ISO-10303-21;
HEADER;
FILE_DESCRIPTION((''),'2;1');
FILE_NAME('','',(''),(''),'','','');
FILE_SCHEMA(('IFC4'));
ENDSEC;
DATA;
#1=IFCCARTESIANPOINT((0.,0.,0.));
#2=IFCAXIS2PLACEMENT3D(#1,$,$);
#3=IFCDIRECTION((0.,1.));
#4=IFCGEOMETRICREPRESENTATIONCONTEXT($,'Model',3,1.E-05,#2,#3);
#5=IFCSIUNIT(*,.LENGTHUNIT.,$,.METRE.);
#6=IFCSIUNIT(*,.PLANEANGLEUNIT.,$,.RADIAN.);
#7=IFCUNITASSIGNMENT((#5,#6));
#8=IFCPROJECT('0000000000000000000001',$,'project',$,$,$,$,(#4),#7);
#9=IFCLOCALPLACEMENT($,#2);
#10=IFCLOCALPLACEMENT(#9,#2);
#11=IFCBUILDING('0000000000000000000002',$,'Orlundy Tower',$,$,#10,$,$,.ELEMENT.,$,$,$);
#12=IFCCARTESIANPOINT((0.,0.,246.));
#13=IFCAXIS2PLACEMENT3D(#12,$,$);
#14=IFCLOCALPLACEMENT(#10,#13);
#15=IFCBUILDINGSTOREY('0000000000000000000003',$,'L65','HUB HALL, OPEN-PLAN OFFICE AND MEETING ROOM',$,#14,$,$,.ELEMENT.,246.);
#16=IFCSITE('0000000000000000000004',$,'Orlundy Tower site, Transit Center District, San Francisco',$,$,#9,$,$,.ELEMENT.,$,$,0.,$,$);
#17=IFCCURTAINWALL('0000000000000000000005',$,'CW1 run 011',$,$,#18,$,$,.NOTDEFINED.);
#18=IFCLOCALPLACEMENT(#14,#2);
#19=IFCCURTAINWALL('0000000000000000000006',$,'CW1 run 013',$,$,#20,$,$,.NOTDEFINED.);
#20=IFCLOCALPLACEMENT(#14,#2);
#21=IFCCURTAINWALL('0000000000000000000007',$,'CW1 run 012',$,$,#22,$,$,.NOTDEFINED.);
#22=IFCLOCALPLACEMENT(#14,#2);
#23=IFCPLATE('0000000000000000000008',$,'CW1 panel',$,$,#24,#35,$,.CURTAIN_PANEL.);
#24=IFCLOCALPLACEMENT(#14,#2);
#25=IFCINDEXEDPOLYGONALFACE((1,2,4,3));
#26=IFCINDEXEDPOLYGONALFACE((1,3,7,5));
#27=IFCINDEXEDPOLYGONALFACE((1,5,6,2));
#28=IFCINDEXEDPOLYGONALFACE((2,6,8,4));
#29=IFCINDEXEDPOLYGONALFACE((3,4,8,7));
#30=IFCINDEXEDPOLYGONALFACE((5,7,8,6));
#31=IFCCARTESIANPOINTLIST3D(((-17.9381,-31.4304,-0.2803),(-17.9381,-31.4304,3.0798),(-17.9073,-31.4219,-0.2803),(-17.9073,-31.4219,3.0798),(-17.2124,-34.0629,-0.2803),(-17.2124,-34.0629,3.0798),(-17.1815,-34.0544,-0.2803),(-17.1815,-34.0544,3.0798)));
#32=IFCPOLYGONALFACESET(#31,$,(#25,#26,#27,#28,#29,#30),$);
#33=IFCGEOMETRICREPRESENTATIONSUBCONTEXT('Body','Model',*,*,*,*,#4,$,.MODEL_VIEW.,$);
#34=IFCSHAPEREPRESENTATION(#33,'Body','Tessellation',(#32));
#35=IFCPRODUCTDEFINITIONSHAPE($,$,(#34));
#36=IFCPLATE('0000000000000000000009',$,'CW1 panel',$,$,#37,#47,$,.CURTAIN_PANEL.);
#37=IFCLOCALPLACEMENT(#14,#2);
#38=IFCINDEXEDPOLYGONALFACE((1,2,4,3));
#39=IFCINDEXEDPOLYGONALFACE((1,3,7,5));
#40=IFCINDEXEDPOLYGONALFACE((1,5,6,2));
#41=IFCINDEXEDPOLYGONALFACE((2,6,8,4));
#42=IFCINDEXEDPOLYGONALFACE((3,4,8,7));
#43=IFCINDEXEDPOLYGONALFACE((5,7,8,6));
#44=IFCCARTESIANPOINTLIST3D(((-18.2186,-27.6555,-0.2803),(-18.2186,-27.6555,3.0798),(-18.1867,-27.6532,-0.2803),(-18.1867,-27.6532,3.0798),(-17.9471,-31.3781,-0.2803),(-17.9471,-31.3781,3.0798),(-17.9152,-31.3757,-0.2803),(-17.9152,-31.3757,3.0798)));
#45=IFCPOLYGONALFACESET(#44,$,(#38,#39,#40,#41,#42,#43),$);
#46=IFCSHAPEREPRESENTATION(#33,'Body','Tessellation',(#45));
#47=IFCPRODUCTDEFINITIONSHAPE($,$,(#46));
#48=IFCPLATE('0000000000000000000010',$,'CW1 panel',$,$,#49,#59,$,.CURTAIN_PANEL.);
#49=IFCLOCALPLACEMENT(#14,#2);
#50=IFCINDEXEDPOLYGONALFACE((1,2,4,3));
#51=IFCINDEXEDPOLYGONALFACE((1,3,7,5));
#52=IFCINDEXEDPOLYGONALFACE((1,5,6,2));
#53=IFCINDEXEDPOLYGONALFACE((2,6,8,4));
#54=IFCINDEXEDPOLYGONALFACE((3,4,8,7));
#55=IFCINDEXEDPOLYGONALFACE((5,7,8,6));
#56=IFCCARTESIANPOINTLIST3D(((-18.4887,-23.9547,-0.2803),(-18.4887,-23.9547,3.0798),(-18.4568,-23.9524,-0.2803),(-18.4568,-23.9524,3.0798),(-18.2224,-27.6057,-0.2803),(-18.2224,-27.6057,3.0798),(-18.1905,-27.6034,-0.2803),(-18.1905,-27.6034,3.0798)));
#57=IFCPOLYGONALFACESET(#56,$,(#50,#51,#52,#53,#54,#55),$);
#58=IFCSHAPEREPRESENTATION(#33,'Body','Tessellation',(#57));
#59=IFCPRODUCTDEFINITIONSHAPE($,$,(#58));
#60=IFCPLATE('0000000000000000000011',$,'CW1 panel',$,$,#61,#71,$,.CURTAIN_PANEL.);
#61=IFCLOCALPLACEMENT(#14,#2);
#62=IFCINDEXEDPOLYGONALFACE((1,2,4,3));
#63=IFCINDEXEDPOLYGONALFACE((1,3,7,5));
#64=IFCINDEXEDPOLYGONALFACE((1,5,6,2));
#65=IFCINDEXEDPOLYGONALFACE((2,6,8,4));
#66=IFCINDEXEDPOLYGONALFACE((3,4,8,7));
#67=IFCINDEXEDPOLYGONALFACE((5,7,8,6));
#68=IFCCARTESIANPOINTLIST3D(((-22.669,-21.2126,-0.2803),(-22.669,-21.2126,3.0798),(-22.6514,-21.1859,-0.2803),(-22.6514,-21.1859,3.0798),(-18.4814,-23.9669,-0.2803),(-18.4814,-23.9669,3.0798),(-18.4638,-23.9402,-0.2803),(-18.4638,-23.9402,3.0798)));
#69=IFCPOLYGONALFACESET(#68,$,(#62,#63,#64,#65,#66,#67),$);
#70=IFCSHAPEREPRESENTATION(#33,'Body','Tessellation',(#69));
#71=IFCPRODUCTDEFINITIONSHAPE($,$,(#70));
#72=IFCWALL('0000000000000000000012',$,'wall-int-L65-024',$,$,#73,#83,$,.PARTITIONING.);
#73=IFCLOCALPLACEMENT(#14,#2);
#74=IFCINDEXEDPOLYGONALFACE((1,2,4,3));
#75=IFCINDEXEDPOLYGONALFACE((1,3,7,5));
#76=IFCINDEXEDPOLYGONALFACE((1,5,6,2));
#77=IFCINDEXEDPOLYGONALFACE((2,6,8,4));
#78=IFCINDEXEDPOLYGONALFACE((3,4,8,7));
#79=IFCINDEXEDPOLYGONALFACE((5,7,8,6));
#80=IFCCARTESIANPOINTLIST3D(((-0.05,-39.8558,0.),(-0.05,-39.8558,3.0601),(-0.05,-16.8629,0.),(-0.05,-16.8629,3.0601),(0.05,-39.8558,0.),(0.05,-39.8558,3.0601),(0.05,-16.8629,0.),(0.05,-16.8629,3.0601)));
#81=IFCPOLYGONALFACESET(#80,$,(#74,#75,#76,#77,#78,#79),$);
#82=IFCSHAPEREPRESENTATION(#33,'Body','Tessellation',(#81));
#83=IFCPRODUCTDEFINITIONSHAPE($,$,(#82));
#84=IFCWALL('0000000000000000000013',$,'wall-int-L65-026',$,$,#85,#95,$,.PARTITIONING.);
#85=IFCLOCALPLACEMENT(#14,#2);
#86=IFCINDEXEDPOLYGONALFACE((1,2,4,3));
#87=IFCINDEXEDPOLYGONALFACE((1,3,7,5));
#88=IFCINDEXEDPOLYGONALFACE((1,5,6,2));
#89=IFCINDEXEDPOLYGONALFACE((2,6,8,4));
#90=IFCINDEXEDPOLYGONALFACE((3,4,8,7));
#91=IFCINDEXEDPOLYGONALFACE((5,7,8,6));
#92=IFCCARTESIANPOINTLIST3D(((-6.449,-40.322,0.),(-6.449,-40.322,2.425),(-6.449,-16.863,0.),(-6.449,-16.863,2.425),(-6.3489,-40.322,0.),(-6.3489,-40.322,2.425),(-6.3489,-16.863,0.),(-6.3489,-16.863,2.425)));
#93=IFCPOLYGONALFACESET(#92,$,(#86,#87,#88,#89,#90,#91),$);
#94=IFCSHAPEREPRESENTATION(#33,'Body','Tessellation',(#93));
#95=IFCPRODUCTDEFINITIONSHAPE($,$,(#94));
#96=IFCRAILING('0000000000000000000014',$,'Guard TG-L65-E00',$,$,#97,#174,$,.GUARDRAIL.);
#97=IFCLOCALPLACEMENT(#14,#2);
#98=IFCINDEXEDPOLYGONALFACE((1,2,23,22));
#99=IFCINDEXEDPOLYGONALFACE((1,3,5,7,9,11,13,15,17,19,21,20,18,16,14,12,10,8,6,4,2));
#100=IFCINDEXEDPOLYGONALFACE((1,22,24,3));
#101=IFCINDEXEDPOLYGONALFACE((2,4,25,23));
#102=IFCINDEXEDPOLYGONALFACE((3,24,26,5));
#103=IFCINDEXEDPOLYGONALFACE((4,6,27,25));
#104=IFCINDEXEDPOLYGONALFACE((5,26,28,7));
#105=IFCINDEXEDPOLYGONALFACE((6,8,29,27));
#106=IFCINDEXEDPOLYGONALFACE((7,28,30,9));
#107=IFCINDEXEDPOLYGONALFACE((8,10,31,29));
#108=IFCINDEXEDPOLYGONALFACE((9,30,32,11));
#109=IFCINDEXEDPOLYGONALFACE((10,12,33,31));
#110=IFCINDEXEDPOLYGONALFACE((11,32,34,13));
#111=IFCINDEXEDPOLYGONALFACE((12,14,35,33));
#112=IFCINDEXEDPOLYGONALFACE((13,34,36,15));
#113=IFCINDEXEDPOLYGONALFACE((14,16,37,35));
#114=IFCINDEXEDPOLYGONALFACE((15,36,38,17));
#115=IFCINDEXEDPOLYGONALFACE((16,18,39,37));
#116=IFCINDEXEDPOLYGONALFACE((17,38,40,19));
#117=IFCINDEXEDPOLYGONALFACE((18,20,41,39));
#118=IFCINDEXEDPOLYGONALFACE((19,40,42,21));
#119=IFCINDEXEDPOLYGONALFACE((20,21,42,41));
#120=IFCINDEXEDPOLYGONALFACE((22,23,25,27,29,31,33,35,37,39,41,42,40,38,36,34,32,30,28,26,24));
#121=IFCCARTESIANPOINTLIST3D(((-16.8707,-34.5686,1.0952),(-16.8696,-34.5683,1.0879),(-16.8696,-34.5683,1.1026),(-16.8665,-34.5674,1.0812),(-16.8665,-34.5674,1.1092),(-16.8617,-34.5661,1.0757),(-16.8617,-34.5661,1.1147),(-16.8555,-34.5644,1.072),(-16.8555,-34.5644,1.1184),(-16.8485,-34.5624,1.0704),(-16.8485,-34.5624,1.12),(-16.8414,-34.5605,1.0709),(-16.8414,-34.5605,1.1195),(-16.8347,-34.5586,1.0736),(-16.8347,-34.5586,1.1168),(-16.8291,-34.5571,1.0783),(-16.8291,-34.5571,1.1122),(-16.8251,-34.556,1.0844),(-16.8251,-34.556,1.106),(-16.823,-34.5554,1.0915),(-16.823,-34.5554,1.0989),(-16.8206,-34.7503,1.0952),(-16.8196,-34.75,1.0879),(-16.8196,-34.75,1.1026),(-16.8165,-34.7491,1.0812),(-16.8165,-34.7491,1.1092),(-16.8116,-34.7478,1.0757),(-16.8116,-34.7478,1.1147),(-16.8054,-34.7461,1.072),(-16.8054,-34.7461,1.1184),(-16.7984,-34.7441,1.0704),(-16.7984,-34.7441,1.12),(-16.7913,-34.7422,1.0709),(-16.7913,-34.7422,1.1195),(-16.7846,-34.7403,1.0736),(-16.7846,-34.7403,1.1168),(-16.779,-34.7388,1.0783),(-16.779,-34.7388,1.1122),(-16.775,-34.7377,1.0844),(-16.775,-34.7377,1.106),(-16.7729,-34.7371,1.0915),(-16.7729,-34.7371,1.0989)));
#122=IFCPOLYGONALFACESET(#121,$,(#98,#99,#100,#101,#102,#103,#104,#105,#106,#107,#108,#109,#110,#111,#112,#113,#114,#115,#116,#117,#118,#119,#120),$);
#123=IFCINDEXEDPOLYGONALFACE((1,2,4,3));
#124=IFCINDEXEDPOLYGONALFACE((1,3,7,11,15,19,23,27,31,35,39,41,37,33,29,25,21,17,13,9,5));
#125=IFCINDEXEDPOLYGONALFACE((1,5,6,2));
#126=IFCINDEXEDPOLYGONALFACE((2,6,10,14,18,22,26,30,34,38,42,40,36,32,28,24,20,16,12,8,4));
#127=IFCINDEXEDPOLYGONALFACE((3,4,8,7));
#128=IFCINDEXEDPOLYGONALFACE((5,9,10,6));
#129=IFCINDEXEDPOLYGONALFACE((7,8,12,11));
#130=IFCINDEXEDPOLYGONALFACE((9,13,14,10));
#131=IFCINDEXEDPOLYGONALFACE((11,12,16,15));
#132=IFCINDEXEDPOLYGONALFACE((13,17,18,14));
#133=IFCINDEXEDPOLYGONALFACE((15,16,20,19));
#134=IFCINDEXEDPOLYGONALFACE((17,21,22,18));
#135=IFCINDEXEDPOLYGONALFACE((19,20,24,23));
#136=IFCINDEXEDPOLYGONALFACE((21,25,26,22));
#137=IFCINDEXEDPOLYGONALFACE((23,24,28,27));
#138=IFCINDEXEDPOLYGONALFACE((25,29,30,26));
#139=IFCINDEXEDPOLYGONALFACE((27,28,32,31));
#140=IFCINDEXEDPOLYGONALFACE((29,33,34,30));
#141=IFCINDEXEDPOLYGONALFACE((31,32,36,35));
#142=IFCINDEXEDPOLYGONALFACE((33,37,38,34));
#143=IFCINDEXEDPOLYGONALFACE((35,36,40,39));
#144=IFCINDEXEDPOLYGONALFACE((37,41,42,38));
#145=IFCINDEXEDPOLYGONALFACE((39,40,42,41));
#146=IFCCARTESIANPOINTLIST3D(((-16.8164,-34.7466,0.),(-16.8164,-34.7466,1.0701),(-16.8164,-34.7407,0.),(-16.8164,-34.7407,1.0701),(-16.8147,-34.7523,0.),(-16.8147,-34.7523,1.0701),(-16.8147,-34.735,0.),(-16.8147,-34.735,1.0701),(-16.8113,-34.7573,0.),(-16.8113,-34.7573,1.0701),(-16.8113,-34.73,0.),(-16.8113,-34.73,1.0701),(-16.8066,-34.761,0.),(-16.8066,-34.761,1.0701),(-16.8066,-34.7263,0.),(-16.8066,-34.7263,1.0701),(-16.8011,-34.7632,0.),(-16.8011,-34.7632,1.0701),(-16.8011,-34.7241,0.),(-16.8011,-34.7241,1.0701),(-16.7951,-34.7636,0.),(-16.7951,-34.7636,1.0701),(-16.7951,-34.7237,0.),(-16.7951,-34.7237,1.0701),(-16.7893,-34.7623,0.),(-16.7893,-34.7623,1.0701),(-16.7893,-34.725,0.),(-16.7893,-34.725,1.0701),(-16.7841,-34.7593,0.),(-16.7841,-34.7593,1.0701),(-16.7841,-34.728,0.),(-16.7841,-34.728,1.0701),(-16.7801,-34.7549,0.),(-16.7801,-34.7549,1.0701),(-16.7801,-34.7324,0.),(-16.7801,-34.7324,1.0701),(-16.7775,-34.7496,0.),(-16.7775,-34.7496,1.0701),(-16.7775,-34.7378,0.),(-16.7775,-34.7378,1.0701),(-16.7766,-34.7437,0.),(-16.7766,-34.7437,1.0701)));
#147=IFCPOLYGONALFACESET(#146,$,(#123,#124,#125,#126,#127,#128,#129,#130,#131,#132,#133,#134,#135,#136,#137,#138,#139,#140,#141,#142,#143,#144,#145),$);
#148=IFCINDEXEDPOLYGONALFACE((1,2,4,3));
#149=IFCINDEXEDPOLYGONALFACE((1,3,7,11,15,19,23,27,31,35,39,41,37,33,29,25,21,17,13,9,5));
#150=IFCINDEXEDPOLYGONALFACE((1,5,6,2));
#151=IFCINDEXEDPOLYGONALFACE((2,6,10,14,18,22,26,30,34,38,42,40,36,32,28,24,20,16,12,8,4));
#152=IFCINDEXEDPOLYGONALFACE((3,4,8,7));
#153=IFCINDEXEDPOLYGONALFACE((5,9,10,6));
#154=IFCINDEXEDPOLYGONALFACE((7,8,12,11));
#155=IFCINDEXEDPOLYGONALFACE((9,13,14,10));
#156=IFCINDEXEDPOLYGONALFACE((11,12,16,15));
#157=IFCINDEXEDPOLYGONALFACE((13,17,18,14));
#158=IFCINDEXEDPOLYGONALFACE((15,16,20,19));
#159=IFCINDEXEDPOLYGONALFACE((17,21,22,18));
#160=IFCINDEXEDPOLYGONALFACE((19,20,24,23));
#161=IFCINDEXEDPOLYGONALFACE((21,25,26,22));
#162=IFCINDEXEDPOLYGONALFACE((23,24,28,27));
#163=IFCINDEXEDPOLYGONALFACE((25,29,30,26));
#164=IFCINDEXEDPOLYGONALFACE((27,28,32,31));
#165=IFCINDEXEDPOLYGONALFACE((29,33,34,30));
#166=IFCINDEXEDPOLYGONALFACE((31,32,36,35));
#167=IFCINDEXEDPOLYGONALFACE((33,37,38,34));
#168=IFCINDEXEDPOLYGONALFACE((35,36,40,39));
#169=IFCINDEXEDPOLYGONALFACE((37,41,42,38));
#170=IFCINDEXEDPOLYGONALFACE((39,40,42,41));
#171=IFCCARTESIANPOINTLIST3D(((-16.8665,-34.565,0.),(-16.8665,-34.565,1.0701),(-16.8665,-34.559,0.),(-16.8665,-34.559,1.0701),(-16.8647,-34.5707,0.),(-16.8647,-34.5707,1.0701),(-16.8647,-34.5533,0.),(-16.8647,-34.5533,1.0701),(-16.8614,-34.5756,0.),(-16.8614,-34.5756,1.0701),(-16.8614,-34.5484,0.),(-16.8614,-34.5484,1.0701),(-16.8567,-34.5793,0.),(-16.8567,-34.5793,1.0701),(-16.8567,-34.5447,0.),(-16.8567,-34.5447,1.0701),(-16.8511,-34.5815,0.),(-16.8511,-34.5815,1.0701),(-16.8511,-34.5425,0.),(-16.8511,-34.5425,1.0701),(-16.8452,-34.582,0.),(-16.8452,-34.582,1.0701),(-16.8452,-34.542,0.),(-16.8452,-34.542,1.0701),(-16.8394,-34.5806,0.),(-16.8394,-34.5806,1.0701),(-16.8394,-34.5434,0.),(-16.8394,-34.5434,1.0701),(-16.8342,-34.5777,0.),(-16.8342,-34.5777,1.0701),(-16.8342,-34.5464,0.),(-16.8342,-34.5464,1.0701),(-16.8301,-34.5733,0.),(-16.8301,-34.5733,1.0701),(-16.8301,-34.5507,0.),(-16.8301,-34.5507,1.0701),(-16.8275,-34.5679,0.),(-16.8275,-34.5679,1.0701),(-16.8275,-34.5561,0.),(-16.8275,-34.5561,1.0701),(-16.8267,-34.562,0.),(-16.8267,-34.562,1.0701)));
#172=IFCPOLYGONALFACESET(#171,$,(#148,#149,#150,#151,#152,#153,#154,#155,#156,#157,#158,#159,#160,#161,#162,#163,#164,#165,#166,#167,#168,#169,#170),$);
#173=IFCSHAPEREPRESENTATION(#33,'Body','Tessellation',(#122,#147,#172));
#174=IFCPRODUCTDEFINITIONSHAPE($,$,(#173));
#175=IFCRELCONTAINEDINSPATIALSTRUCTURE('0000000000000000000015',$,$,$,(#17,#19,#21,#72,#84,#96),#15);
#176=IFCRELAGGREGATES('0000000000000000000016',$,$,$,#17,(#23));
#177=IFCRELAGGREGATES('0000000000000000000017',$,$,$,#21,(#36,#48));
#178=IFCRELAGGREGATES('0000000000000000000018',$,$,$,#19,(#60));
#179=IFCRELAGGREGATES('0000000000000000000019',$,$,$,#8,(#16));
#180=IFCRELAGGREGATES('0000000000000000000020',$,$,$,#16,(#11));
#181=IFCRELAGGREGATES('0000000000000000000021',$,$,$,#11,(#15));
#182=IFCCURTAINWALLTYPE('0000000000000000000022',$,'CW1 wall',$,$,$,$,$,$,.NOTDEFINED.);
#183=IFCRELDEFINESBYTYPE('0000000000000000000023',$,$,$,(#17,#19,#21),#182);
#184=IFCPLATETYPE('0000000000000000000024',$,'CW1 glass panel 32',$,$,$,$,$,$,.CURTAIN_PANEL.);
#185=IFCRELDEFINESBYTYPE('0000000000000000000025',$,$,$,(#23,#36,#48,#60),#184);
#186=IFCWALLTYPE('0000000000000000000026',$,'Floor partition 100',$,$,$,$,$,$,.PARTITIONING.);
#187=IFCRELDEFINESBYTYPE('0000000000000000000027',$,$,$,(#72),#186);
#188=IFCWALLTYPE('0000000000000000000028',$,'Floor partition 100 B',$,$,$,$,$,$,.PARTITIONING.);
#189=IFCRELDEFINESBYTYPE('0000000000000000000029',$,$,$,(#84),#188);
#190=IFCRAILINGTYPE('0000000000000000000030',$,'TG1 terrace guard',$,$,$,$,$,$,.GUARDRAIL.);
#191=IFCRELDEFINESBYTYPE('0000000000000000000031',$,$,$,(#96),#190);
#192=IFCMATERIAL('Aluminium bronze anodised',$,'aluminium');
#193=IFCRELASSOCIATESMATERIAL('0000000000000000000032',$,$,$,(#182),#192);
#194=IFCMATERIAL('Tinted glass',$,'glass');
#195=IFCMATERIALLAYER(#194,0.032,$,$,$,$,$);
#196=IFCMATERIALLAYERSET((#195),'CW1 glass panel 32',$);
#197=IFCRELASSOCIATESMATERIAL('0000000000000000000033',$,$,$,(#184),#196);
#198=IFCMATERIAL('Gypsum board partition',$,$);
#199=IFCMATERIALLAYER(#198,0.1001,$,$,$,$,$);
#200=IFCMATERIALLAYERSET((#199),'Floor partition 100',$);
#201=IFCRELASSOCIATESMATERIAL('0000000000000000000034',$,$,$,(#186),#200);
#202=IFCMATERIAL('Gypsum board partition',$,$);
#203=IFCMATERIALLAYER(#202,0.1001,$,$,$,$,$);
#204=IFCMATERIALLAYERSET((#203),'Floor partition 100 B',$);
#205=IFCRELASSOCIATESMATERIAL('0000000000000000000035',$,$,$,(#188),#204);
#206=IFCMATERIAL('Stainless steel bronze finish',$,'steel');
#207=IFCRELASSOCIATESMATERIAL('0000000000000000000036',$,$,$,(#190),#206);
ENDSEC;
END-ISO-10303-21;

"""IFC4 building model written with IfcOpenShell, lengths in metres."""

from ifc_helpers import new_model, si_unit, direction, frame, frame_2d, origin, origin_2d, place, context, subcontext, project, spatial, rectangle, circle, extrude, material, layer, layer_set, type_object, element, aggregate, save


model = new_model("IFC4")

# Units and contexts
model_context = context("Model", 3, precision=1e-05, world=origin(), true_north=direction((0.0, 1.0)))
body_context = subcontext(model_context, "Body", "Model", "MODEL_VIEW")
ifc_project = project(units=[si_unit("LENGTHUNIT", "METRE"), si_unit("PLANEANGLEUNIT", "RADIAN")], contexts=[model_context])

# Site, building, storey
site_placement = place(None, origin())
site = spatial("IfcSite", under=ifc_project, at=site_placement, Name="Orlundy Tower site, Transit Center District, San Francisco", CompositionType="ELEMENT", RefElevation=0.0)
building_placement = place(site_placement, origin())
building = spatial("IfcBuilding", under=site, at=building_placement, Name="Orlundy Tower", CompositionType="ELEMENT")
storey_placement = place(building_placement, frame((0.0, 0.0, 246.0)))
storey = spatial("IfcBuildingStorey", under=building, at=storey_placement, Name="L65", Description="HUB HALL, OPEN-PLAN OFFICE AND MEETING ROOM", CompositionType="ELEMENT", Elevation=246.0)

# Curtain walls
ifc_material_1 = material(Name="Aluminium bronze anodised", Category="aluminium")
curtain_wall_type = type_object("IfcCurtainWallType", Name="CW1 wall", PredefinedType="NOTDEFINED", material=ifc_material_1)
curtain_wall_1_placement = place(storey_placement, origin())
curtain_wall_1 = element("IfcCurtainWall", 1, at=curtain_wall_1_placement, inside=storey, type_object=curtain_wall_type, Name="CW1 run 011", PredefinedType="NOTDEFINED")
curtain_wall_2_placement = place(storey_placement, origin())
curtain_wall_2 = element("IfcCurtainWall", 2, at=curtain_wall_2_placement, inside=storey, type_object=curtain_wall_type, Name="CW1 run 013", PredefinedType="NOTDEFINED")

# Curtain wall
curtain_wall_3_placement = place(storey_placement, origin())
curtain_wall_3 = element("IfcCurtainWall", 3, at=curtain_wall_3_placement, inside=storey, type_object=curtain_wall_type, Name="CW1 run 012", PredefinedType="NOTDEFINED")

# Plates
ifc_material_2 = material(Name="Tinted glass", Category="glass")
ifc_layer_1 = layer(ifc_material_2, 0.032)
ifc_layer_set_1 = layer_set([ifc_layer_1], Name="CW1 glass panel 32")
plate_type = type_object("IfcPlateType", Name="CW1 glass panel 32", PredefinedType="CURTAIN_PANEL", material=ifc_layer_set_1)
plate_1_placement = place(storey_placement, frame((-17.5598, -32.7424, -0.2803), z_axis=(0.0, 0.0, 1.0), x_axis=(-0.265765, 0.964038, 0.0)))
plate_1 = element("IfcPlate", 4, at=plate_1_placement, type_object=plate_type, Name="CW1 panel", PredefinedType="CURTAIN_PANEL", context=body_context, shape_type="SweptSolid", body=[
    extrude(rectangle(XDim=2.7307, YDim=0.032, at=origin_2d()), origin(), (0.0, 0.0, 1.0), 3.3601),
])
aggregate(curtain_wall_1, [plate_1])
plate_2_placement = place(storey_placement, frame((-18.0669, -29.5156, -0.2803), z_axis=(0.0, 0.0, 1.0), x_axis=(-0.072747, 0.99735, 0.0)))
plate_2 = element("IfcPlate", 5, at=plate_2_placement, type_object=plate_type, Name="CW1 panel", PredefinedType="CURTAIN_PANEL", context=body_context, shape_type="SweptSolid", body=[
    extrude(rectangle(XDim=3.7324, YDim=0.032, at=origin_2d()), origin(), (0.0, 0.0, 1.0), 3.3601),
])
plate_3_placement = place(storey_placement, frame((-18.3396, -25.7791, -0.2803), z_axis=(0.0, 0.0, 1.0), x_axis=(-0.072747, 0.99735, 0.0)))
plate_3 = element("IfcPlate", 6, at=plate_3_placement, type_object=plate_type, Name="CW1 panel", PredefinedType="CURTAIN_PANEL", context=body_context, shape_type="SweptSolid", body=[
    extrude(rectangle(XDim=3.6606, YDim=0.032, at=origin_2d()), origin(), (0.0, 0.0, 1.0), 3.3601),
])
aggregate(curtain_wall_3, [plate_2, plate_3])
plate_4_placement = place(storey_placement, frame((-20.5664, -22.5764, -0.2803), z_axis=(0.0, 0.0, 1.0), x_axis=(-0.835476, 0.549527, 0.0)))
plate_4 = element("IfcPlate", 7, at=plate_4_placement, type_object=plate_type, Name="CW1 panel", PredefinedType="CURTAIN_PANEL", context=body_context, shape_type="SweptSolid", body=[
    extrude(rectangle(XDim=5.0122, YDim=0.032, at=origin_2d()), origin(), (0.0, 0.0, 1.0), 3.3601),
])
aggregate(curtain_wall_2, [plate_4])

# Walls
ifc_material_3 = material(Name="Gypsum board partition")
ifc_layer_2 = layer(ifc_material_3, 0.1001)
ifc_layer_set_2 = layer_set([ifc_layer_2], Name="Floor partition 100")
wall_type_1 = type_object("IfcWallType", Name="Floor partition 100", PredefinedType="PARTITIONING", material=ifc_layer_set_2)
wall_1_placement = place(storey_placement, frame((0.0, -39.856, 0.0), z_axis=(0.0, 0.0, 1.0), x_axis=(0.0, 1.0, 0.0)))
element("IfcWall", 8, at=wall_1_placement, inside=storey, type_object=wall_type_1, Name="wall-int-L65-024", PredefinedType="PARTITIONING", context=body_context, shape_type="SweptSolid", body=[
    extrude(rectangle(XDim=22.9929, YDim=0.1001, at=frame_2d((11.4966, 0.0))), origin(), (0.0, 0.0, 1.0), 3.0601),
])
ifc_material_4 = material(Name="Gypsum board partition")
ifc_layer_3 = layer(ifc_material_4, 0.1001)
ifc_layer_set_3 = layer_set([ifc_layer_3], Name="Floor partition 100 B")
wall_type_2 = type_object("IfcWallType", Name="Floor partition 100 B", PredefinedType="PARTITIONING", material=ifc_layer_set_3)
wall_2_placement = place(storey_placement, frame((-6.3989, -40.322, 0.0), z_axis=(0.0, 0.0, 1.0), x_axis=(0.0, 1.0, 0.0)))
element("IfcWall", 9, at=wall_2_placement, inside=storey, type_object=wall_type_2, Name="wall-int-L65-026", PredefinedType="PARTITIONING", context=body_context, shape_type="SweptSolid", body=[
    extrude(rectangle(XDim=23.459, YDim=0.1001, at=frame_2d((11.7295, 0.0))), origin(), (0.0, 0.0, 1.0), 2.425),
])

# Railing
ifc_material_5 = material(Name="Stainless steel bronze finish", Category="steel")
railing_type = type_object("IfcRailingType", Name="TG1 terrace guard", PredefinedType="GUARDRAIL", material=ifc_material_5)
railing_placement = place(storey_placement, frame((-16.7966, -34.7437, 0.0)))
element("IfcRailing", 10, at=railing_placement, inside=storey, type_object=railing_type, Name="Guard TG-L65-E00", PredefinedType="GUARDRAIL", context=body_context, shape_type="SweptSolid", body=[
    extrude(circle(Radius=0.0249, at=origin_2d()), frame((0.0, 0.0, 1.0952), z_axis=(-0.265638, 0.964073, 0.0), x_axis=(-0.964073, -0.265638, 0.0)), (0.0, 0.0, 1.0), 0.1885),
    extrude(circle(Radius=0.02, at=origin_2d()), origin(), (0.0, 0.0, 1.0), 1.0701),
    extrude(circle(Radius=0.02, at=origin_2d()), frame((-0.05, 0.1816, 0.0)), (0.0, 0.0, 1.0), 1.0701),
])

save(model, "model.ifc")
